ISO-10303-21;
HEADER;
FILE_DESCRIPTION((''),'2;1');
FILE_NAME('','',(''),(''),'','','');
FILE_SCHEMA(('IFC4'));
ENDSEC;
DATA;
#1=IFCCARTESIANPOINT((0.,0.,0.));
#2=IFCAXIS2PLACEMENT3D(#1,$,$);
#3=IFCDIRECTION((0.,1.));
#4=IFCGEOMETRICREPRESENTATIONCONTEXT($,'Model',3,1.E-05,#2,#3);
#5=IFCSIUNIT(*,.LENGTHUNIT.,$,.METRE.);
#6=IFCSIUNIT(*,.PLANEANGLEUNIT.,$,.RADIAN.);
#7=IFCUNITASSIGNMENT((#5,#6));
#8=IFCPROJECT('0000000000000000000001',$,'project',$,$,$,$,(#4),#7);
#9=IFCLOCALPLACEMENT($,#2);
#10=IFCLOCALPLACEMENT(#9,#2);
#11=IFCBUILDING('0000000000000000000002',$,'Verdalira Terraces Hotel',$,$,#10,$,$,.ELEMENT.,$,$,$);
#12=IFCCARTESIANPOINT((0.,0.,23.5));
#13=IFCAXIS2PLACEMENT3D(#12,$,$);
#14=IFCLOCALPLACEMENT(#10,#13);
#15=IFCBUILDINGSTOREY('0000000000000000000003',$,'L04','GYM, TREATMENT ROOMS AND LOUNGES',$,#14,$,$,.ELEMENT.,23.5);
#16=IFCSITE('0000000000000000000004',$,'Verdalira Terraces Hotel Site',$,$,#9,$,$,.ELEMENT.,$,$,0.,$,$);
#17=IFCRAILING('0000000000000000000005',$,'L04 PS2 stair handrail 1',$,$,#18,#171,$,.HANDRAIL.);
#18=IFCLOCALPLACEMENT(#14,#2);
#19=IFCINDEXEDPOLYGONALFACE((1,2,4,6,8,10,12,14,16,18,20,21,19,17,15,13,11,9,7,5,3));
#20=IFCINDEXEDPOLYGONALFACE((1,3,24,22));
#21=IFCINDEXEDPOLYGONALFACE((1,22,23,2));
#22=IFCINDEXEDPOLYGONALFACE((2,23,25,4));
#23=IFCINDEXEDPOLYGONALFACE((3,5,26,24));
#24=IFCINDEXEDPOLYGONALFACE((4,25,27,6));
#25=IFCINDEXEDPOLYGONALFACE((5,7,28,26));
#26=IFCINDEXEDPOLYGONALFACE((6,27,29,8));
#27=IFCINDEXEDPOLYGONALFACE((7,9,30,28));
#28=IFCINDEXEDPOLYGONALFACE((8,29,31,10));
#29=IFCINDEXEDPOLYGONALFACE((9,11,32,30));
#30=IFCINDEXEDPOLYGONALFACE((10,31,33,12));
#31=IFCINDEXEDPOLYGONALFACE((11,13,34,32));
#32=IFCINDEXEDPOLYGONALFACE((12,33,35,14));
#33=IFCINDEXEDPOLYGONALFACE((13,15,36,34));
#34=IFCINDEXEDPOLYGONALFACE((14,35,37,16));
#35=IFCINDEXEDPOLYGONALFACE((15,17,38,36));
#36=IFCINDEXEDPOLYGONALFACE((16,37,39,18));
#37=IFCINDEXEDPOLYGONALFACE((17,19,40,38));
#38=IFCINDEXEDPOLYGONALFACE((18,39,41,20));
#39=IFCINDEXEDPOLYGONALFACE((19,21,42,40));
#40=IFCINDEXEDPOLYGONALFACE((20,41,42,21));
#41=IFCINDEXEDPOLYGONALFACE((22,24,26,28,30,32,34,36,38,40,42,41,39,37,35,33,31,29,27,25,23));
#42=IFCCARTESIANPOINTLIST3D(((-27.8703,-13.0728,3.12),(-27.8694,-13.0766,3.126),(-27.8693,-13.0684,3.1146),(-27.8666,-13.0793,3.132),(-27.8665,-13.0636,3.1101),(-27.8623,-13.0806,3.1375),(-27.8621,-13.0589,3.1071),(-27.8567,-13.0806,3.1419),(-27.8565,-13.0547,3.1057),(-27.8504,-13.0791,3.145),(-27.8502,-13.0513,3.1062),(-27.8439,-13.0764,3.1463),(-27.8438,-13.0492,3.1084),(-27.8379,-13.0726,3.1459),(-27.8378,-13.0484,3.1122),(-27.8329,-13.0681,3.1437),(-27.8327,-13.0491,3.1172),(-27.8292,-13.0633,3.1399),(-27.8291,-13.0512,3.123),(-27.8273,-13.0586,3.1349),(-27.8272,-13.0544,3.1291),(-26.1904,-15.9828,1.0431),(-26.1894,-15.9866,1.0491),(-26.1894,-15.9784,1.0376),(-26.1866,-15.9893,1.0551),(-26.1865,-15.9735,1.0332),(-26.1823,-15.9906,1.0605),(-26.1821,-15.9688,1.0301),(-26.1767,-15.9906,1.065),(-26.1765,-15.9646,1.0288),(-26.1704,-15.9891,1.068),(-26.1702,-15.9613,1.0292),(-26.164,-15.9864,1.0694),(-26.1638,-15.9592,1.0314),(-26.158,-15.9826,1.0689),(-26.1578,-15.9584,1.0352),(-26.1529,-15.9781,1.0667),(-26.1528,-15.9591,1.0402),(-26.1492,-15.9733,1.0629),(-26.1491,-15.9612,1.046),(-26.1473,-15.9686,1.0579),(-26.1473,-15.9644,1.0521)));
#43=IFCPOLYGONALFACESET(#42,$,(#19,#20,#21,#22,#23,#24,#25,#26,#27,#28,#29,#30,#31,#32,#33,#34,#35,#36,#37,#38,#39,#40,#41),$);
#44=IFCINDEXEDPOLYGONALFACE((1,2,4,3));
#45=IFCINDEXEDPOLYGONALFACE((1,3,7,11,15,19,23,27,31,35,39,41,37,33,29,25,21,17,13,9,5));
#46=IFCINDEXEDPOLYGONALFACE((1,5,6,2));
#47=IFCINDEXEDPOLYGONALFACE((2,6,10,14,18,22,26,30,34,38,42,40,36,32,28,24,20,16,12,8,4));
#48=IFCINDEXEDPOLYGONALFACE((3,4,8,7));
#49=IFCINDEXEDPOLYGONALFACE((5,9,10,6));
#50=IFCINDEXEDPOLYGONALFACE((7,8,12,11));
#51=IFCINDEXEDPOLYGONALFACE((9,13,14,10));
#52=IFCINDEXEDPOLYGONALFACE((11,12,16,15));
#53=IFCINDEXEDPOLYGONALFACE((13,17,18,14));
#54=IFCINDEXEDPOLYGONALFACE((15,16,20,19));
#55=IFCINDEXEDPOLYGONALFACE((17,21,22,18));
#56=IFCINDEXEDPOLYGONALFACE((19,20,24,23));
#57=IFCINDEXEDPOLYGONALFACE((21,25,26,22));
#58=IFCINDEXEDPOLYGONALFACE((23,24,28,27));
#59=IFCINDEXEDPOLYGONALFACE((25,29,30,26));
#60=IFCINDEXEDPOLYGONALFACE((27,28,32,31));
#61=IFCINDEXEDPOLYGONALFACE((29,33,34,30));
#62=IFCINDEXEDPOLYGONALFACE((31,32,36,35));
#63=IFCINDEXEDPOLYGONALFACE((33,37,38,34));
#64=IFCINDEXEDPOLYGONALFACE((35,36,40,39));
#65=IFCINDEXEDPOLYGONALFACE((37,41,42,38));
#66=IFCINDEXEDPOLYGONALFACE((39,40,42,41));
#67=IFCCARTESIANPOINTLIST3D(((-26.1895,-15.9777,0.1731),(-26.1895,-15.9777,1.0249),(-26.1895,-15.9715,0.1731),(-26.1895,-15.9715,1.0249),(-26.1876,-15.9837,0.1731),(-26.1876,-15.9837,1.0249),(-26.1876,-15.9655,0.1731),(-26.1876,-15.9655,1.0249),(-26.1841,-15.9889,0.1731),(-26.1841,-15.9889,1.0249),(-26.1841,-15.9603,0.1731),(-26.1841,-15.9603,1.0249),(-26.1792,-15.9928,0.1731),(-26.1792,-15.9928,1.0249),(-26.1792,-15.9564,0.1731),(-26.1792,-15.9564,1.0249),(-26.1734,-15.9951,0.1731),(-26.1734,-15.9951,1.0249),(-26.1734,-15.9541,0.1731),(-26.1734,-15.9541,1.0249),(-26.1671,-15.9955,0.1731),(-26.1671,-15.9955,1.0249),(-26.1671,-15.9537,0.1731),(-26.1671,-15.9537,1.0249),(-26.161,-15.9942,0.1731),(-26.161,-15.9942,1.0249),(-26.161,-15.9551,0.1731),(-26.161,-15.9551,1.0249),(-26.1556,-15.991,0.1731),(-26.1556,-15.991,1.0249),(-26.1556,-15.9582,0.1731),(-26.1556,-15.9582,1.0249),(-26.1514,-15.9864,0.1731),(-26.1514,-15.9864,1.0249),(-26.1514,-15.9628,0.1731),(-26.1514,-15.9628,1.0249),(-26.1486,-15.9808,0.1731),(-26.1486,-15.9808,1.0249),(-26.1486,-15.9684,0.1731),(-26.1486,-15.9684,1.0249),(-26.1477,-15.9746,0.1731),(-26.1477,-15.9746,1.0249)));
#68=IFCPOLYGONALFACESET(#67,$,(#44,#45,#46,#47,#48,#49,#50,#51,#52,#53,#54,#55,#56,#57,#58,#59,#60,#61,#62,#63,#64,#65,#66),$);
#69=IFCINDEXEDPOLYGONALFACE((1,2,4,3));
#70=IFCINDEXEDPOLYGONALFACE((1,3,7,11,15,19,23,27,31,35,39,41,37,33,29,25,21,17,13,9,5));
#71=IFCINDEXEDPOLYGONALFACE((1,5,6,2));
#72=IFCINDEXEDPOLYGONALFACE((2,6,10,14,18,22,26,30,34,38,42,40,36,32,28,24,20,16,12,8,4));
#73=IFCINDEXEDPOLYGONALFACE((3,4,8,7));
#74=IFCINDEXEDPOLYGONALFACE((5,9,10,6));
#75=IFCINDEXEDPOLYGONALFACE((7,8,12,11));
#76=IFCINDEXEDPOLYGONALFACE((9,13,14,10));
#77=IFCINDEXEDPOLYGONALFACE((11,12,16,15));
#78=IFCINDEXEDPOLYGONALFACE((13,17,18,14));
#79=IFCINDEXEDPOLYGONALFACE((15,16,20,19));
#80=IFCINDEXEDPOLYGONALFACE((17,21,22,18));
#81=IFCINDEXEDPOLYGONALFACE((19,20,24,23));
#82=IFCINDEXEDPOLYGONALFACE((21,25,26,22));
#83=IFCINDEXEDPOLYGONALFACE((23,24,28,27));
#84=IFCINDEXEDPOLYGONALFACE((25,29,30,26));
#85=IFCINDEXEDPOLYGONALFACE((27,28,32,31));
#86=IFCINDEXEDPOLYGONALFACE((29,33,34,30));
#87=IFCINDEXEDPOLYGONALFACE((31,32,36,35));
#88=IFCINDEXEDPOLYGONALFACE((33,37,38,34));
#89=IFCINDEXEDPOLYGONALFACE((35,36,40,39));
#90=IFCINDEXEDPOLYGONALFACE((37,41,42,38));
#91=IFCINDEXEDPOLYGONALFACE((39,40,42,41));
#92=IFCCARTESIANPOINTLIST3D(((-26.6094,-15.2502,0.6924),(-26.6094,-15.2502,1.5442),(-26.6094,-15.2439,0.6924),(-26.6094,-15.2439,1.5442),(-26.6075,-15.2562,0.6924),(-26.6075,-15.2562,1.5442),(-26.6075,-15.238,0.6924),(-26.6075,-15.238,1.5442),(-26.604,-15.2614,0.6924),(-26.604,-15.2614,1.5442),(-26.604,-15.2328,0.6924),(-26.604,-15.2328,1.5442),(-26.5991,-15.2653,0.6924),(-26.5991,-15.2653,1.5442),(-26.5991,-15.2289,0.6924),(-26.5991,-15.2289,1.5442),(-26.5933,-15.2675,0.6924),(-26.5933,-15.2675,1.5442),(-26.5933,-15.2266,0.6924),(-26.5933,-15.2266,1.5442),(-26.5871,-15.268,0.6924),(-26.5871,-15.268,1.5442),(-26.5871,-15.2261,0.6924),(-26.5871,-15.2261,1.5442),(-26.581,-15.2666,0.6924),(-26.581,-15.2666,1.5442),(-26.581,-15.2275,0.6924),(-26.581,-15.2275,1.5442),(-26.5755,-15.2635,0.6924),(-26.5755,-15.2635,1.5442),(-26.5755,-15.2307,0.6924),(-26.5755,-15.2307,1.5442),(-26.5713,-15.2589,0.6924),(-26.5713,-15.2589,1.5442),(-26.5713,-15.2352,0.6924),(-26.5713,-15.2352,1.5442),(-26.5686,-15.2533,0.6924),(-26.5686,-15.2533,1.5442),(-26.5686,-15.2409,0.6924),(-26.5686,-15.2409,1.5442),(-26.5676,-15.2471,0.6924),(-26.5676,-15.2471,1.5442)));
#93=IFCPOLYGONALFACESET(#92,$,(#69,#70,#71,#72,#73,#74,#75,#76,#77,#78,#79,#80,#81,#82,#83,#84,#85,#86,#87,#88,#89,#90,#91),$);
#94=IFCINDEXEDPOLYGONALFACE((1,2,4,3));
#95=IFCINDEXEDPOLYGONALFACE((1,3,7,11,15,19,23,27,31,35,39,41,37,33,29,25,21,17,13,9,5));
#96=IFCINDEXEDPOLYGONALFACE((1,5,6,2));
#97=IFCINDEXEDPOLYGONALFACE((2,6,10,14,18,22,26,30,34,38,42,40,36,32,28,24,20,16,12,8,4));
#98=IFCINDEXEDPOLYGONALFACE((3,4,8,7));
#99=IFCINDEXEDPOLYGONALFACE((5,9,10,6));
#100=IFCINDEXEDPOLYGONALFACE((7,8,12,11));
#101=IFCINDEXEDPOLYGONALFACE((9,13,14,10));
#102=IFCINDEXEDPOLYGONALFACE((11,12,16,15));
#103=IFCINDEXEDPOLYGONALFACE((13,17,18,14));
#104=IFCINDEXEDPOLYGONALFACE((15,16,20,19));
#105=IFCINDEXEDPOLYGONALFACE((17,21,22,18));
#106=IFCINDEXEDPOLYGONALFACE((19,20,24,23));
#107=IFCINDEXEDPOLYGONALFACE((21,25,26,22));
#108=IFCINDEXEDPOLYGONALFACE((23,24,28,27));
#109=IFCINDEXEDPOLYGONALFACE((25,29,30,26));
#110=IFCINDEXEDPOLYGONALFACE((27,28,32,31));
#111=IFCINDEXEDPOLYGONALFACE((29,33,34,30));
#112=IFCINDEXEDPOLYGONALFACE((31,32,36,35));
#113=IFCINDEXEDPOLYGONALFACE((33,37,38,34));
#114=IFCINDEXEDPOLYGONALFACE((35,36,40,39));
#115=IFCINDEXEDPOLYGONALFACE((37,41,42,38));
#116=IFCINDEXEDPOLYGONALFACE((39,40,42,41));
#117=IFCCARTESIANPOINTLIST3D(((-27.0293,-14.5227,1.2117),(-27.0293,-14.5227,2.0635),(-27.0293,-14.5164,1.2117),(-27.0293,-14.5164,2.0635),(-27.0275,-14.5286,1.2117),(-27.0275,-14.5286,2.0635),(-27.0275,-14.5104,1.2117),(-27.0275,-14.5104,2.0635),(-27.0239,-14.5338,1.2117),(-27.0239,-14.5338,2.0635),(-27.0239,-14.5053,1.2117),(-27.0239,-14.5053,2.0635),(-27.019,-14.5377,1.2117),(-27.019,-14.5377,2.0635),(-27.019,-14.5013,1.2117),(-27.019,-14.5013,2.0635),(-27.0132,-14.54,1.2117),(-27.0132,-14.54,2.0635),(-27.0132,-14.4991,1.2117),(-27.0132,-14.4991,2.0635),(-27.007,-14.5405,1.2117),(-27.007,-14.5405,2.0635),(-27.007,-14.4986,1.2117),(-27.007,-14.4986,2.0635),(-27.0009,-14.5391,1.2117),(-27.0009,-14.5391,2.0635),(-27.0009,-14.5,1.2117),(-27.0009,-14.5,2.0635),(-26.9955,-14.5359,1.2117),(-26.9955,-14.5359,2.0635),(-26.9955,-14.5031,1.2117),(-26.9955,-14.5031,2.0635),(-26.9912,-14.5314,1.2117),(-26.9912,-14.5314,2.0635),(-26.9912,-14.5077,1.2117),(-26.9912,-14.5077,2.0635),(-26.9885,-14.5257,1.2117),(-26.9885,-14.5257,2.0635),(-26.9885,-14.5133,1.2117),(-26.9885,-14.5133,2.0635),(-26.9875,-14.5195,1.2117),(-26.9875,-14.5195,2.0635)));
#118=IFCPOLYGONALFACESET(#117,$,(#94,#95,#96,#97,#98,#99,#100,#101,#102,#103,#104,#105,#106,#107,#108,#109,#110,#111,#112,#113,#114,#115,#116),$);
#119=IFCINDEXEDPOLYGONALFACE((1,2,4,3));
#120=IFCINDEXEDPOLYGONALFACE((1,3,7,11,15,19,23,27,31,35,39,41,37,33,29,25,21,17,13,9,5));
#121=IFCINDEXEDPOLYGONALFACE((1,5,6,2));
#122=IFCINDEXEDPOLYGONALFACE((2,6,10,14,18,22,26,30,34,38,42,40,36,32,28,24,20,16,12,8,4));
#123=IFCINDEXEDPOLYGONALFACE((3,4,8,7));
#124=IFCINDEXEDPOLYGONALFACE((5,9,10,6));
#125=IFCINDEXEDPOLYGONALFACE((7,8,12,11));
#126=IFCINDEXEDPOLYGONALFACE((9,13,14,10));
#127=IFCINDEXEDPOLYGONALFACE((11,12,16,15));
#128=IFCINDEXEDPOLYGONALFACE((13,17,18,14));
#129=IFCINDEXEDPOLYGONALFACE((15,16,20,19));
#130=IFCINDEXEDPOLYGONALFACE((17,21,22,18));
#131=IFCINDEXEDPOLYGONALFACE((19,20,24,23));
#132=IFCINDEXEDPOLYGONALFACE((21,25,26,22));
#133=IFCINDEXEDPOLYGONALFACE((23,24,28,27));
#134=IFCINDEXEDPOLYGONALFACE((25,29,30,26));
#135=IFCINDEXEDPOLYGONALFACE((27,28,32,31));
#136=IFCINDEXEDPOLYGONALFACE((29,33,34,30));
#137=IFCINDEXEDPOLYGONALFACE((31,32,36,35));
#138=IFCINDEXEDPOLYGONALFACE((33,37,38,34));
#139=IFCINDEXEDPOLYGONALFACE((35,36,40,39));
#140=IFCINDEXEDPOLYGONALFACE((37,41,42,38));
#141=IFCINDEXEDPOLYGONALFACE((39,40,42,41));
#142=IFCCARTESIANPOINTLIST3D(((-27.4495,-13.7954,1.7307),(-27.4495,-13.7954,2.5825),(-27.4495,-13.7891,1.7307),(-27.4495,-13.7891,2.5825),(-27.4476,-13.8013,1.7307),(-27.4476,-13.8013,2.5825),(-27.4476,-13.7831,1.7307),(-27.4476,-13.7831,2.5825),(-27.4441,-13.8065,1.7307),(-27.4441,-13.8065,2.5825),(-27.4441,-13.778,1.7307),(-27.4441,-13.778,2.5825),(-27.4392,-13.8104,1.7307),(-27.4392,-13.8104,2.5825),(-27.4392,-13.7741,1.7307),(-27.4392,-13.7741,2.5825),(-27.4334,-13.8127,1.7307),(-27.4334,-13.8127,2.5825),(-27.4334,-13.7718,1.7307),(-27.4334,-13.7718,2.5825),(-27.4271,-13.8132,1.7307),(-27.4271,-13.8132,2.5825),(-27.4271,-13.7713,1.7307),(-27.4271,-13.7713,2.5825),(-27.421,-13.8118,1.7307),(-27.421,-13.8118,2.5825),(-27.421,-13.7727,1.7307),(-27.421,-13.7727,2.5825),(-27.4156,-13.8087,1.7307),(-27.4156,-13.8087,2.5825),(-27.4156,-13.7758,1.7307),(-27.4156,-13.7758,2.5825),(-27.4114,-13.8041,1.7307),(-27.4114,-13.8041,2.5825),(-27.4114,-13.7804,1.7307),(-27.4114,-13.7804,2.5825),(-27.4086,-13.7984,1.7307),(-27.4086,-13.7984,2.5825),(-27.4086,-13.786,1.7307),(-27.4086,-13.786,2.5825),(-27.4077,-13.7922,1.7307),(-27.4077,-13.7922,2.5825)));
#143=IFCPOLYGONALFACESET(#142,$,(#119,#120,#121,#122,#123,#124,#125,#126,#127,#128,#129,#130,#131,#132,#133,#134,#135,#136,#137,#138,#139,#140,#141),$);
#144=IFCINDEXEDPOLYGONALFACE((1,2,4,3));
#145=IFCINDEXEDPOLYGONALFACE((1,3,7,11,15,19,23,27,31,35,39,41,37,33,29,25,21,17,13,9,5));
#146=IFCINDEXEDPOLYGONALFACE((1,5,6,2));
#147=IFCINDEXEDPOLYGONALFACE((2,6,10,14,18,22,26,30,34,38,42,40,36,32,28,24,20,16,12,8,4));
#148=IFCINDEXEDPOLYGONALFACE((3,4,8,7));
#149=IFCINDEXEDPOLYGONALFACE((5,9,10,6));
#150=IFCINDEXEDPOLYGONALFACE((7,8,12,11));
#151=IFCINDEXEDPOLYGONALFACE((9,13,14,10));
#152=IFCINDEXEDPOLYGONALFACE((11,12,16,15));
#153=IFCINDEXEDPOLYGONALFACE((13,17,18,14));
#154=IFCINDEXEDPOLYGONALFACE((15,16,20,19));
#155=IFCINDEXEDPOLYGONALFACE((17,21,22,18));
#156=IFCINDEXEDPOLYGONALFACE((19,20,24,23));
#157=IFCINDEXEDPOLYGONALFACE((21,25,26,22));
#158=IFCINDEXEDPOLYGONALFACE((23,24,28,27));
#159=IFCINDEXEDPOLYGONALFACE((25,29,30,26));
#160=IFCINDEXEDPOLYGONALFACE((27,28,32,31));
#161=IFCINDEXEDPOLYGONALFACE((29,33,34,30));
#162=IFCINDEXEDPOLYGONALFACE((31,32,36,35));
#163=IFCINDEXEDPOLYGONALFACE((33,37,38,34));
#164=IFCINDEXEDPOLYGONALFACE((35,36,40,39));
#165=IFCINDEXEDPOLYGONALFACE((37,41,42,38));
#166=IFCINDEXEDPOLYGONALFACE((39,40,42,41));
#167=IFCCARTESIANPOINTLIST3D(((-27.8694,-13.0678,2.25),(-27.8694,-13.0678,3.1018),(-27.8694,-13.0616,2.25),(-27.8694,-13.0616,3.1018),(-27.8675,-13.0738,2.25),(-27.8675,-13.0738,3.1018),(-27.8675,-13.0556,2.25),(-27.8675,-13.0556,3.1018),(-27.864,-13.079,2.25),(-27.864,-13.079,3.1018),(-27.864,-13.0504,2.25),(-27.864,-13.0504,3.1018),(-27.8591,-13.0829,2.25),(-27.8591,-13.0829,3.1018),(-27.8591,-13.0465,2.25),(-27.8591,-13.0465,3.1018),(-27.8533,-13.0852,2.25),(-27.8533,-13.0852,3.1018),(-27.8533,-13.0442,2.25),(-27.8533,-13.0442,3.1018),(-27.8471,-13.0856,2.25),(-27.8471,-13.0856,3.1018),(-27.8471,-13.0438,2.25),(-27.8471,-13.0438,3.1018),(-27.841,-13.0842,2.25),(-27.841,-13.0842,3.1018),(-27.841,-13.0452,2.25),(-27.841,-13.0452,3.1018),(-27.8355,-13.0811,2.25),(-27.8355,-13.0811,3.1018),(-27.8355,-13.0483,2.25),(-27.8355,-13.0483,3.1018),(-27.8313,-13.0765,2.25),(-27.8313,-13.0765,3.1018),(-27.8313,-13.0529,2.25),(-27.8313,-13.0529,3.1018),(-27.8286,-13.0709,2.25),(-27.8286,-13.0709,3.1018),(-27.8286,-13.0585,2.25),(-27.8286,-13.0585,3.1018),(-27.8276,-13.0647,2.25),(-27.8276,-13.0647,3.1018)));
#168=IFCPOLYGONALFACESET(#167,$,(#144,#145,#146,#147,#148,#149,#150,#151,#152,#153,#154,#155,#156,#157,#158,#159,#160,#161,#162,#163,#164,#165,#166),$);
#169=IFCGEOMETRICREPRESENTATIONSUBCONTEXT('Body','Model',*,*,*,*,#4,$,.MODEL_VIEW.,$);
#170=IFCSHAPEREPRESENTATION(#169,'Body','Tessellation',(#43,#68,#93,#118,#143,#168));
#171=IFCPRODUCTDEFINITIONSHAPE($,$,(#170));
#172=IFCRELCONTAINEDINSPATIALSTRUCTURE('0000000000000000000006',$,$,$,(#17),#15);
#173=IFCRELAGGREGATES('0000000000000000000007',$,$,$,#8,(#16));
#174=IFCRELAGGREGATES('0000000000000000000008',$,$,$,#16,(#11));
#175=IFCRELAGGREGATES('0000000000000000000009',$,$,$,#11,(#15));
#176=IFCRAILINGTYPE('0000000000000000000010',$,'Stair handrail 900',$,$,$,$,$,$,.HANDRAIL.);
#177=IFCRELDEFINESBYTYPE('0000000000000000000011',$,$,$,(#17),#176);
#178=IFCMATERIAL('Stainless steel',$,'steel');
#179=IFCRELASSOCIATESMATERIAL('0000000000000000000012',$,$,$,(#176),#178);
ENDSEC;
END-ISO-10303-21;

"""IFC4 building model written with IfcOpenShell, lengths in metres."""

from ifc_helpers import new_model, si_unit, direction, frame, origin, origin_2d, place, context, subcontext, project, spatial, circle, extrude, material, type_object, element, save


model = new_model("IFC4")

# Units and contexts
model_context = context("Model", 3, precision=1e-05, world=origin(), true_north=direction((0.0, 1.0)))
body_context = subcontext(model_context, "Body", "Model", "MODEL_VIEW")
ifc_project = project(units=[si_unit("LENGTHUNIT", "METRE"), si_unit("PLANEANGLEUNIT", "RADIAN")], contexts=[model_context])

# Site, building, storey
site_placement = place(None, origin())
site = spatial("IfcSite", under=ifc_project, at=site_placement, Name="Verdalira Terraces Hotel Site", CompositionType="ELEMENT", RefElevation=0.0)
building_placement = place(site_placement, origin())
building = spatial("IfcBuilding", under=site, at=building_placement, Name="Verdalira Terraces Hotel", CompositionType="ELEMENT")
storey_placement = place(building_placement, frame((0.0, 0.0, 23.5)))
storey = spatial("IfcBuildingStorey", under=building, at=storey_placement, Name="L04", Description="GYM, TREATMENT ROOMS AND LOUNGES", CompositionType="ELEMENT", Elevation=23.5)

# Railing
ifc_material_1 = material(Name="Stainless steel", Category="steel")
railing_type_1 = type_object("IfcRailingType", Name="Stair handrail 900", PredefinedType="HANDRAIL", material=ifc_material_1)
railing_1_placement = place(storey_placement, frame((-26.1687, -15.9746, 0.1731)))
element("IfcRailing", 1, at=railing_1_placement, inside=storey, type_object=railing_type_1, Name="L04 PS2 stair handrail 1", PredefinedType="HANDRAIL", context=body_context, shape_type="SweptSolid", body=[
    extrude(circle(Radius=0.0239, at=origin_2d()), frame((0.0, 0.0, 0.876), z_axis=(-0.425288, 0.736668, 0.525785), x_axis=(-0.866039, -0.499976, 0.0)), (0.0, 0.0, 1.0), 3.9502),
    extrude(circle(Radius=0.021, at=origin_2d()), origin(), (0.0, 0.0, 1.0), 0.8518),
    extrude(circle(Radius=0.021, at=origin_2d()), frame((-0.4199, 0.7275, 0.5193)), (0.0, 0.0, 1.0), 0.8518),
    extrude(circle(Radius=0.021, at=origin_2d()), frame((-0.8398, 1.4551, 1.0386)), (0.0, 0.0, 1.0), 0.8518),
    extrude(circle(Radius=0.021, at=origin_2d()), frame((-1.26, 2.1824, 1.5576)), (0.0, 0.0, 1.0), 0.8518),
    extrude(circle(Radius=0.021, at=origin_2d()), frame((-1.6799, 2.9099, 2.0769)), (0.0, 0.0, 1.0), 0.8518),
])

save(model, "model.ifc")
